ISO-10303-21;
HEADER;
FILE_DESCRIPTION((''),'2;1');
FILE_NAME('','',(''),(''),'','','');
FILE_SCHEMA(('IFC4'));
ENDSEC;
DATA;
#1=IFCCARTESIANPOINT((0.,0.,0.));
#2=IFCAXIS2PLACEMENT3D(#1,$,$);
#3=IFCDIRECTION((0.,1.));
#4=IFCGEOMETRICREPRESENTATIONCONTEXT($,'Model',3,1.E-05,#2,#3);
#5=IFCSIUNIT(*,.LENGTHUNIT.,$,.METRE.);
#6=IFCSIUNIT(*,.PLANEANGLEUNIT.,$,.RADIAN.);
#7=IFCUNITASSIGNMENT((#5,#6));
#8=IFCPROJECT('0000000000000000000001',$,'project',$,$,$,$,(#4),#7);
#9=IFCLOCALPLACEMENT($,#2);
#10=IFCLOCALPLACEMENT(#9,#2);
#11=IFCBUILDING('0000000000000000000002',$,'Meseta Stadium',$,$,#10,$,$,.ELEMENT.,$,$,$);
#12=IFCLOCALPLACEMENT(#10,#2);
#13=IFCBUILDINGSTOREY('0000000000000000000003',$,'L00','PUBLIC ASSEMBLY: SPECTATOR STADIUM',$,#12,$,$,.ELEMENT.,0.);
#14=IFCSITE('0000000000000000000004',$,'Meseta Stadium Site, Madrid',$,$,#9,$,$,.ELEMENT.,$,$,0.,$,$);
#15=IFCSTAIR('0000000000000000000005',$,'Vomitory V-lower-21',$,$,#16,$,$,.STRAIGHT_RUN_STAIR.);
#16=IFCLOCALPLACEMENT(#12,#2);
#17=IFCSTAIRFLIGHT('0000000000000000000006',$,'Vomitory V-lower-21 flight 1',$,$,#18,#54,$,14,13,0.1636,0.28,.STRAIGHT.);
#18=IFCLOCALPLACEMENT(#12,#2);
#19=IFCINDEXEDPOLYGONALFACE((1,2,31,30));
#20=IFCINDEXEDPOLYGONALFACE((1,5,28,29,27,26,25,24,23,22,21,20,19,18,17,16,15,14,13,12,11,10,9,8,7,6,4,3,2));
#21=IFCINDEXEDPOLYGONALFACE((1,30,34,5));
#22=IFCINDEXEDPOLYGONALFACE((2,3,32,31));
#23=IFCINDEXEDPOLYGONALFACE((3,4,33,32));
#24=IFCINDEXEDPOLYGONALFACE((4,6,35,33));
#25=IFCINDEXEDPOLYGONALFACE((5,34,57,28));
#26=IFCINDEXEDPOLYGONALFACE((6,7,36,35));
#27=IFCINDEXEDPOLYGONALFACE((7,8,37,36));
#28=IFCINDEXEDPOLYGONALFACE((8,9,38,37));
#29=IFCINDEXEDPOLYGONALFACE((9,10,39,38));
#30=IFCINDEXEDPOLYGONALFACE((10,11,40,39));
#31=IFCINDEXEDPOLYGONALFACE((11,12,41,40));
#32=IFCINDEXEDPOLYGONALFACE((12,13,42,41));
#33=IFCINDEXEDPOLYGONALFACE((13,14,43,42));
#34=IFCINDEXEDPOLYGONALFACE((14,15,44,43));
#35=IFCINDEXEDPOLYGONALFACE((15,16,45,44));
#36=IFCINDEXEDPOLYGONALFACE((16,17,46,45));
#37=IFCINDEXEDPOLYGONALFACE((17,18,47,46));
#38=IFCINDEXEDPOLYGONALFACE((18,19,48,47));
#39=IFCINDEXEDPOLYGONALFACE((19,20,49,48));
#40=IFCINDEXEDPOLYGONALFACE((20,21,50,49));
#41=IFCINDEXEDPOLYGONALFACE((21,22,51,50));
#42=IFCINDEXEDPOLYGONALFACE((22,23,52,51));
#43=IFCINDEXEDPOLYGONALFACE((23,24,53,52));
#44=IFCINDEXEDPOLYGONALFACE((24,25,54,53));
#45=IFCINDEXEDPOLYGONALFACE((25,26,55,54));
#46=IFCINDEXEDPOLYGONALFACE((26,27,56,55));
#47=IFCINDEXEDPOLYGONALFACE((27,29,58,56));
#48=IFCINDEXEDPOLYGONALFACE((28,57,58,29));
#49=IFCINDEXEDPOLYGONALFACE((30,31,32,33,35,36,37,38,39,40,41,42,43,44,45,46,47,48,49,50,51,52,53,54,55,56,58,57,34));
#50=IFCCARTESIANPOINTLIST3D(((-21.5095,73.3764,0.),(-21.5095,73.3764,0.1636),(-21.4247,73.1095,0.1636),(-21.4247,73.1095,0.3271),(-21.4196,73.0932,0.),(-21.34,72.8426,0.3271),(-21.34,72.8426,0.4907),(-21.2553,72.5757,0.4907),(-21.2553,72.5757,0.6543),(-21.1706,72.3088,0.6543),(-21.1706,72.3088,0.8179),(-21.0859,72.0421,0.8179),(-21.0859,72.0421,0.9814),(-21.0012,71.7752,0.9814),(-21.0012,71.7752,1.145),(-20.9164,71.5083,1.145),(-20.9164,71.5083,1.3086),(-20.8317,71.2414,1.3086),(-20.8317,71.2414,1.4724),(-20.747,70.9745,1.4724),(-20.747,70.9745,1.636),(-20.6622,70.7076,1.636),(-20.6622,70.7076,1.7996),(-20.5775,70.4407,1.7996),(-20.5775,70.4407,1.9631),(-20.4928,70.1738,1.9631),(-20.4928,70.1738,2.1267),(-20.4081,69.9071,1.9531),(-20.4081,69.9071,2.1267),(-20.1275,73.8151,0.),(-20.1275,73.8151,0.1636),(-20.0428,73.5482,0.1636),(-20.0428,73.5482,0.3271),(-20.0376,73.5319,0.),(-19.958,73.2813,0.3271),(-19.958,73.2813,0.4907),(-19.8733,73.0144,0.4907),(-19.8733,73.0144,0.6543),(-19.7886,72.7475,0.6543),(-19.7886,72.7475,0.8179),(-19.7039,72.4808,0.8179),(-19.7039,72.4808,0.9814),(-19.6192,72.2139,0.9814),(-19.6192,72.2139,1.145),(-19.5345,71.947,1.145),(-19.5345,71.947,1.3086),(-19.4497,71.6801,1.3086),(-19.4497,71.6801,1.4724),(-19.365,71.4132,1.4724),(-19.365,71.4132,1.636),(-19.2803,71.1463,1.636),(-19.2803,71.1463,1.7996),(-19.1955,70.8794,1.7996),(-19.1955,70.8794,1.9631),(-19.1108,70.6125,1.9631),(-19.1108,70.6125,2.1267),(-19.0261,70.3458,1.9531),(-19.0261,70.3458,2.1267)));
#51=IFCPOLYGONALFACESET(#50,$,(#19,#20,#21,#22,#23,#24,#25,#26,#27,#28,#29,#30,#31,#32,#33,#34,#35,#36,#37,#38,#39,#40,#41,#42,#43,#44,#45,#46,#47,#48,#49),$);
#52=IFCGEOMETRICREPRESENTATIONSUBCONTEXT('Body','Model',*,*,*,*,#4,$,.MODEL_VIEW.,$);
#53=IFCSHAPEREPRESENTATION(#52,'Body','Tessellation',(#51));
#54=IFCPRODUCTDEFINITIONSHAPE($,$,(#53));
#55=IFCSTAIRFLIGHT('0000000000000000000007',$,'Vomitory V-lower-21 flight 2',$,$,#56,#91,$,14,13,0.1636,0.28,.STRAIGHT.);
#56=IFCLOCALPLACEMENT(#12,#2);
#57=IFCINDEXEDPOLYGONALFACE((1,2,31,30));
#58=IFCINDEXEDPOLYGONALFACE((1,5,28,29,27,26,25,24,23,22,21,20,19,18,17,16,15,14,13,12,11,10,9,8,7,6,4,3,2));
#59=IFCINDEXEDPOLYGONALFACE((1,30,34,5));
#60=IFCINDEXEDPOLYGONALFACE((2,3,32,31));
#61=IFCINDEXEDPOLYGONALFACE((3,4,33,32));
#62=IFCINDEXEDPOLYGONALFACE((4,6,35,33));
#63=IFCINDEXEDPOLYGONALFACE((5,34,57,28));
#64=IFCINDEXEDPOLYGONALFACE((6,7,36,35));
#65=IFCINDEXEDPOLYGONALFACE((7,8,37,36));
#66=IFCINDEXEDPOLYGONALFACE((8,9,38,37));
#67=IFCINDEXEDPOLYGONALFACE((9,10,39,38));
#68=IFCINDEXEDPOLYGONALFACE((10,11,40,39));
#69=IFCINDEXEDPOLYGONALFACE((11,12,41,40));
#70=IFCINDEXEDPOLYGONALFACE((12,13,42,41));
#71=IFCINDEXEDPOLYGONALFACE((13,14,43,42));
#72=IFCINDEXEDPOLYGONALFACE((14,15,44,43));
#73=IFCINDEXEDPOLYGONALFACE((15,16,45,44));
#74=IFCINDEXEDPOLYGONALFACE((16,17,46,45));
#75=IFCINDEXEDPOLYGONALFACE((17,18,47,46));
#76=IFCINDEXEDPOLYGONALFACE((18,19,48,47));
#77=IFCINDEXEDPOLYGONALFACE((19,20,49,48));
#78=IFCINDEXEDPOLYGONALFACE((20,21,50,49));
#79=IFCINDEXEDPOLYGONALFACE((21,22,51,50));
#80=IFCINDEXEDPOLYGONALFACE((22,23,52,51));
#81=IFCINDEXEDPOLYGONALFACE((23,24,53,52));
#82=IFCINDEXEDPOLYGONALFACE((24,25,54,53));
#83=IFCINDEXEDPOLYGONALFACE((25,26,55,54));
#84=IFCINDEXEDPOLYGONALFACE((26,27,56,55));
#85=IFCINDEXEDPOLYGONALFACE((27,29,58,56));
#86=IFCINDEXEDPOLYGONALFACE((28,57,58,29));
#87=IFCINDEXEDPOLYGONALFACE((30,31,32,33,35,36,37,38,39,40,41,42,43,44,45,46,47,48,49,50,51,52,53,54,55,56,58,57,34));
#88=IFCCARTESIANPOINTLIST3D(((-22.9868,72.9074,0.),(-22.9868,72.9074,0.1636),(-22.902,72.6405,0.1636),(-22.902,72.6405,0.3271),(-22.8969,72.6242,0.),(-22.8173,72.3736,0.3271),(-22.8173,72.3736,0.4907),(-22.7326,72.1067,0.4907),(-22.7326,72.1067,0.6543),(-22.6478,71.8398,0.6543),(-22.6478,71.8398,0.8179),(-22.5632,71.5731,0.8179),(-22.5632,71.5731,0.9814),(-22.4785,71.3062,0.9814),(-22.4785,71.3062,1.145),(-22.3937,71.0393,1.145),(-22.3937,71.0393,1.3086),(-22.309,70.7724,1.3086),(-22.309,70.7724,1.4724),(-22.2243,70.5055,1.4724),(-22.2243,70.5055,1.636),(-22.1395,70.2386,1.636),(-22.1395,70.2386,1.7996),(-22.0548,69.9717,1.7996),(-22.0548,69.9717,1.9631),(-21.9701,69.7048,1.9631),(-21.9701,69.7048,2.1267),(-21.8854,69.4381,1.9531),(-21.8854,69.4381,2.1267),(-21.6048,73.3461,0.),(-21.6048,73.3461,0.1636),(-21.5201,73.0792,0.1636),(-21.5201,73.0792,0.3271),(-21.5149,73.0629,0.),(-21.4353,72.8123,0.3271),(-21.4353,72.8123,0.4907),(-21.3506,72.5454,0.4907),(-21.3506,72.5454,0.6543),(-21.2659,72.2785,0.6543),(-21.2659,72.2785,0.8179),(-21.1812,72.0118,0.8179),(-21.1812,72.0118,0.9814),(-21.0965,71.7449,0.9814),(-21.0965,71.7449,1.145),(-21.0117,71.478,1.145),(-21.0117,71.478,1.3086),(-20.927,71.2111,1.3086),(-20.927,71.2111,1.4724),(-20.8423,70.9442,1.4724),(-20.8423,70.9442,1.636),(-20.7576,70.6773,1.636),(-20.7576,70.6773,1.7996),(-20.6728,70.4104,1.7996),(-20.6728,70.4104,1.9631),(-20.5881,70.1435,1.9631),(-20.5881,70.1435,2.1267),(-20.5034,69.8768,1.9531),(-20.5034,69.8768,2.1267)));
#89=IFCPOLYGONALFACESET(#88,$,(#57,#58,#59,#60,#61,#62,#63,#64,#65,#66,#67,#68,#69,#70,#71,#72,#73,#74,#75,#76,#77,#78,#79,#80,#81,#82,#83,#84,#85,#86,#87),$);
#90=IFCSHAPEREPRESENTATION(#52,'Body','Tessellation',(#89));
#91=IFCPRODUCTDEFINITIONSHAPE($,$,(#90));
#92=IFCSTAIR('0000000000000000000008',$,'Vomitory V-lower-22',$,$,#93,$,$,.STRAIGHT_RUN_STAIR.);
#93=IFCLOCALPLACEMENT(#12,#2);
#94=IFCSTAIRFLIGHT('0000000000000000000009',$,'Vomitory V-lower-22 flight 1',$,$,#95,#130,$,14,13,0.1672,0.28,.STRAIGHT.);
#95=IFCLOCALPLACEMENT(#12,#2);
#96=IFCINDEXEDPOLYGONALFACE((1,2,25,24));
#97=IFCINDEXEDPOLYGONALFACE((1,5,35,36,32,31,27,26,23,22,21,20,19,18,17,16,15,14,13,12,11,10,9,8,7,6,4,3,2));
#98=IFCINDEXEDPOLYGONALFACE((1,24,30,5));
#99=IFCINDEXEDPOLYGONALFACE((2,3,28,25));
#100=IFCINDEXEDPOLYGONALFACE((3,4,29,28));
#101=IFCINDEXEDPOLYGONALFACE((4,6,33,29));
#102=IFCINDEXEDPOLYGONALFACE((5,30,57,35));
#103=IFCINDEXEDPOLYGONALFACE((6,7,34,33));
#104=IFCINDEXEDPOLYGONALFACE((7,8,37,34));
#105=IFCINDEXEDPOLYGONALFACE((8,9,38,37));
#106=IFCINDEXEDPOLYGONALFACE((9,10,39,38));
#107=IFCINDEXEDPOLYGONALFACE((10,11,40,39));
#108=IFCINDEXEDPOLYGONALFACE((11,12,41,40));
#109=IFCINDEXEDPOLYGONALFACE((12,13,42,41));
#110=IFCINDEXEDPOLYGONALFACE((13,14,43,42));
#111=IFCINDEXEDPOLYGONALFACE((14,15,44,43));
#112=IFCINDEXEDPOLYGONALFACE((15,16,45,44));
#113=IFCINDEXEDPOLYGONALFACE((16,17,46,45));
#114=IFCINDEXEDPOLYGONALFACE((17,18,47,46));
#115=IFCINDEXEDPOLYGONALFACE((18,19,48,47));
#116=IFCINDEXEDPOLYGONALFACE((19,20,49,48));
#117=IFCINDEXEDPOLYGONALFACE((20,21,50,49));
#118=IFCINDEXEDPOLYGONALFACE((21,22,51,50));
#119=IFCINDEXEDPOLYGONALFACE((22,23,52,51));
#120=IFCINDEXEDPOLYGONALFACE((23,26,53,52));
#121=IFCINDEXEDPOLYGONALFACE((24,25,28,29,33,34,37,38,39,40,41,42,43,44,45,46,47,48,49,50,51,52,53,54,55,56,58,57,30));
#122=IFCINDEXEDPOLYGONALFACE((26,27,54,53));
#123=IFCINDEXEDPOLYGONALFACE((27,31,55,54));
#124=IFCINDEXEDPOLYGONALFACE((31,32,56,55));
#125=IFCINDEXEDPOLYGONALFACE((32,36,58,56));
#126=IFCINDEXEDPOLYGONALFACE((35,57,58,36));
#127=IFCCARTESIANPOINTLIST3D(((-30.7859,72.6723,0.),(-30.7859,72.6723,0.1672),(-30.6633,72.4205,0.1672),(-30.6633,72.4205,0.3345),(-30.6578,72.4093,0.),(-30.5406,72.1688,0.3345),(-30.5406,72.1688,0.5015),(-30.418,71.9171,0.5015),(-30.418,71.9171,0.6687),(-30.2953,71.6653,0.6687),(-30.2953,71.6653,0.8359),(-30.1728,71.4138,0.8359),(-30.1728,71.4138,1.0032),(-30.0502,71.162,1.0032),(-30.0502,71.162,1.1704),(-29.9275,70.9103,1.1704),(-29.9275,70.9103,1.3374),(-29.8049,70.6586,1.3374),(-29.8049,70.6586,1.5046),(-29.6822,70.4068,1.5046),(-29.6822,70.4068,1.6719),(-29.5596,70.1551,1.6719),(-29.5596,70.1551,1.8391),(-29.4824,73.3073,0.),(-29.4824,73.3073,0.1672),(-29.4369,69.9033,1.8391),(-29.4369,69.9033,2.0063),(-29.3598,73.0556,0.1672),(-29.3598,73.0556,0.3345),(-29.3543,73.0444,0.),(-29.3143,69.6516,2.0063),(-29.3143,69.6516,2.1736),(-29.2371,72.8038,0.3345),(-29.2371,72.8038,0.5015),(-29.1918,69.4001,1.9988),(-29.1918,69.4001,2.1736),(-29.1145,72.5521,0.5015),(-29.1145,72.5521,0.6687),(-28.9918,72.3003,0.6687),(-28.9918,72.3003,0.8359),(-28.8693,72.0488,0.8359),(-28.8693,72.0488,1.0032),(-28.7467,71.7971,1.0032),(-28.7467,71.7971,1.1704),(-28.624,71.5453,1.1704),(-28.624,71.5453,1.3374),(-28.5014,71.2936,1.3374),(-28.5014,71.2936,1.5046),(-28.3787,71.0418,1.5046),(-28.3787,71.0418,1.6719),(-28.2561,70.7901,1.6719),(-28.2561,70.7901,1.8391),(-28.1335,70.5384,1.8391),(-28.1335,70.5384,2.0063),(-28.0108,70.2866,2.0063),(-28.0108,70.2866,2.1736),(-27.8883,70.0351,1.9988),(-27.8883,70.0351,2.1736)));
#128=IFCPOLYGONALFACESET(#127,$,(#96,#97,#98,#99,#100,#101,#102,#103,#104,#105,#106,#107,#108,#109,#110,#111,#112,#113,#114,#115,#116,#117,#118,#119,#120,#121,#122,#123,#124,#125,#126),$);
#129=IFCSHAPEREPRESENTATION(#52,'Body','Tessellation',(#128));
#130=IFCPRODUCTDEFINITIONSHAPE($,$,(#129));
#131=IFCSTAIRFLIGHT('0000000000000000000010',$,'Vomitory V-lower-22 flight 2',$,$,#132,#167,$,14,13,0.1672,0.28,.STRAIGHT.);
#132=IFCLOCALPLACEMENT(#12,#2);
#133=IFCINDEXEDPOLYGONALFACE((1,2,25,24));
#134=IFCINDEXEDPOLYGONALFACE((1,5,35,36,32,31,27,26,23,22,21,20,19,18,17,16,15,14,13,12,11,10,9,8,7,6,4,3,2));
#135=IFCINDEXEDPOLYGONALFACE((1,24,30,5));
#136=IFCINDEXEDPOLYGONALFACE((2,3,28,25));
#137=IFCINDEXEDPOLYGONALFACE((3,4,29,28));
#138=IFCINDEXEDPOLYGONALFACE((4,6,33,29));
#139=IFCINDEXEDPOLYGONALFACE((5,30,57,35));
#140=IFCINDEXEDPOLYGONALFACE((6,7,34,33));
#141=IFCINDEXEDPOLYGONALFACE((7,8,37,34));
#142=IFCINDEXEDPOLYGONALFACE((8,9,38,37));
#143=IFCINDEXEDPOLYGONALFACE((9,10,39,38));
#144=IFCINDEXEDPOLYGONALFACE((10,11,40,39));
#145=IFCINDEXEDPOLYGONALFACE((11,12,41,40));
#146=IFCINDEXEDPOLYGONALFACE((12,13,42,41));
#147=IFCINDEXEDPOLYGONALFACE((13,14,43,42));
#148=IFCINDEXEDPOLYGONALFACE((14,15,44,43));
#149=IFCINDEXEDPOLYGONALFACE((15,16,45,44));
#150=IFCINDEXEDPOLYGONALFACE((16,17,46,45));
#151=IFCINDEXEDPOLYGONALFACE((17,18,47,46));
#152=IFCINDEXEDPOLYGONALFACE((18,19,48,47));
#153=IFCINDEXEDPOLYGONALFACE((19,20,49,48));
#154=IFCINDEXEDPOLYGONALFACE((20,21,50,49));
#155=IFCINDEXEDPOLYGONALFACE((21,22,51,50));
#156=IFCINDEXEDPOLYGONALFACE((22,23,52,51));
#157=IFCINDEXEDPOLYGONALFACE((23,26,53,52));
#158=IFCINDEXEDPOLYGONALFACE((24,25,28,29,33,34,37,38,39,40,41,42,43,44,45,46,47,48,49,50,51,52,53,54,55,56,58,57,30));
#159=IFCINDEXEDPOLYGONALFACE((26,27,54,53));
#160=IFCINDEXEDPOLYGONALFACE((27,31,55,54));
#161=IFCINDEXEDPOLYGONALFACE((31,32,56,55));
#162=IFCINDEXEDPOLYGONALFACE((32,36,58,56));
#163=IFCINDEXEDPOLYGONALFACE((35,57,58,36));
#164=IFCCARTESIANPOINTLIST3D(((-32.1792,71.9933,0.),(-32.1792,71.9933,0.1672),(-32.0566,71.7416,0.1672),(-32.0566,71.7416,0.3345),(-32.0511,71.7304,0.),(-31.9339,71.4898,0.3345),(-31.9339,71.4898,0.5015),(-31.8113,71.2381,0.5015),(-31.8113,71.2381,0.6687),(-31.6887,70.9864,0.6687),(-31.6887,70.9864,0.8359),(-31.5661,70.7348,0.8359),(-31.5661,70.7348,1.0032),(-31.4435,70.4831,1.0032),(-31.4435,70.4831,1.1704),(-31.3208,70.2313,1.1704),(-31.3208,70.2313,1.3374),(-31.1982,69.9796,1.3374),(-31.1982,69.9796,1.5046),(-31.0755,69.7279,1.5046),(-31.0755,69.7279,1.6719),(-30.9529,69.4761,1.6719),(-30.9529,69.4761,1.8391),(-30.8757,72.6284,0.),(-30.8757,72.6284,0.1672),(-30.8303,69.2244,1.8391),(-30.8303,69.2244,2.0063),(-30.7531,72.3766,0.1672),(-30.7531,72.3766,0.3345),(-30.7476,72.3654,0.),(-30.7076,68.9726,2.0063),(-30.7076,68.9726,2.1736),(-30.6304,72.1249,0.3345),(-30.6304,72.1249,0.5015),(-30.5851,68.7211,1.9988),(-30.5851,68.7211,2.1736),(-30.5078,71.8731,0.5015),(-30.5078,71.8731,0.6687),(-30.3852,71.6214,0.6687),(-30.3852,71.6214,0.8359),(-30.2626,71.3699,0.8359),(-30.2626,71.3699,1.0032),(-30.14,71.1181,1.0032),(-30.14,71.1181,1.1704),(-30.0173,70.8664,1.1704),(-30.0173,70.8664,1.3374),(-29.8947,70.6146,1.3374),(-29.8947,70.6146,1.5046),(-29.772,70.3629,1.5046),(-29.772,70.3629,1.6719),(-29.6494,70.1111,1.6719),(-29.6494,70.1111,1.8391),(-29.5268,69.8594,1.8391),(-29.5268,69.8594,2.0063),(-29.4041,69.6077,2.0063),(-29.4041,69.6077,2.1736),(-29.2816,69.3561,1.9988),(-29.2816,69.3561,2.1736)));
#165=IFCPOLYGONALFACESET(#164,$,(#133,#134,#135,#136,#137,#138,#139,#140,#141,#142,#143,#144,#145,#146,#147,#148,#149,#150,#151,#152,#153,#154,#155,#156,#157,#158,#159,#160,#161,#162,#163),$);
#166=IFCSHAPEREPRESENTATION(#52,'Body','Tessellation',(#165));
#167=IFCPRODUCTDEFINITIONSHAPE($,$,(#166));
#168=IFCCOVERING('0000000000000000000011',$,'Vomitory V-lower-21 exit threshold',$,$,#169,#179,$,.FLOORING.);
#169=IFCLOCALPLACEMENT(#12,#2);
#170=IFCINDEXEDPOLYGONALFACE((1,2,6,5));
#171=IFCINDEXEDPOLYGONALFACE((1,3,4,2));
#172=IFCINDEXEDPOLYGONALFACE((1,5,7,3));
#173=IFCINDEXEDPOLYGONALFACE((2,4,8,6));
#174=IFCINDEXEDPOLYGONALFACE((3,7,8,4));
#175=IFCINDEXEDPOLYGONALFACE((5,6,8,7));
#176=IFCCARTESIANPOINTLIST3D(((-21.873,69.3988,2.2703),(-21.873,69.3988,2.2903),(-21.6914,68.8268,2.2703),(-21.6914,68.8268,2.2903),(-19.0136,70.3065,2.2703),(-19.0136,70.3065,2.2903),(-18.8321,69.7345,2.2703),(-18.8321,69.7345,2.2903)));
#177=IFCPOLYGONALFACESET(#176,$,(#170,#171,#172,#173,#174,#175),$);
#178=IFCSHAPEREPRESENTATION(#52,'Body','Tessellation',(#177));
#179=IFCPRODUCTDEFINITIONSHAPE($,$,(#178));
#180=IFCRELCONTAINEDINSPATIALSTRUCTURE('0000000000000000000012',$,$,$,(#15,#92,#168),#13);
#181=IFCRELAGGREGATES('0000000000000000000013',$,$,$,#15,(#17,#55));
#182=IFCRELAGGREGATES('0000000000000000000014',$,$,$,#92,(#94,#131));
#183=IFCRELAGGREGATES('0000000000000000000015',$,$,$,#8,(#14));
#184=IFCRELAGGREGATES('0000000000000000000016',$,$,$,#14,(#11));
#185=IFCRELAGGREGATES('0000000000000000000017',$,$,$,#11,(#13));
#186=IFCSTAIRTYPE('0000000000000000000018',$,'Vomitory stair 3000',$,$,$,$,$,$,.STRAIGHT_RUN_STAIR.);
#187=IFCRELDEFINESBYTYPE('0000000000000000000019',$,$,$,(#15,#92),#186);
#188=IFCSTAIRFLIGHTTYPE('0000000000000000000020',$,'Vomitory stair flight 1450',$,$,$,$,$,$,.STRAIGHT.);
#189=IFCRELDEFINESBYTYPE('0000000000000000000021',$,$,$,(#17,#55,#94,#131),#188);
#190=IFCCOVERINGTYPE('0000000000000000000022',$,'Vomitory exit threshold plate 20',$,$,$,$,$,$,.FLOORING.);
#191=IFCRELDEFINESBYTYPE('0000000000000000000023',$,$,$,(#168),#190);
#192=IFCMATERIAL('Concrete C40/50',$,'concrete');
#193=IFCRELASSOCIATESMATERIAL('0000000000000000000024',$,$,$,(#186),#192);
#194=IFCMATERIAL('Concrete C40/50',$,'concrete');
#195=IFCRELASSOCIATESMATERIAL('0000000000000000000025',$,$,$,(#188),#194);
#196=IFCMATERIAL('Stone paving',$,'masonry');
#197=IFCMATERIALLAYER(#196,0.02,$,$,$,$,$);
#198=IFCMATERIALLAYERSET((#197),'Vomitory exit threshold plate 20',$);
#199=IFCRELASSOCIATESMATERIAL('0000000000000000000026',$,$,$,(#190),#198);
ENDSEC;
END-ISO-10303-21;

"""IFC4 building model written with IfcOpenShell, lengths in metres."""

from ifc_helpers import new_model, si_unit, direction, frame, origin, origin_2d, place, context, subcontext, project, spatial, polyline, rectangle, outline, extrude, material, layer, layer_set, type_object, element, aggregate, save


model = new_model("IFC4")

# Units and contexts
model_context = context("Model", 3, precision=1e-05, world=origin(), true_north=direction((0.0, 1.0)))
body_context = subcontext(model_context, "Body", "Model", "MODEL_VIEW")
ifc_project = project(units=[si_unit("LENGTHUNIT", "METRE"), si_unit("PLANEANGLEUNIT", "RADIAN")], contexts=[model_context])

# Site, building, storey
site_placement = place(None, origin())
site = spatial("IfcSite", under=ifc_project, at=site_placement, Name="Meseta Stadium Site, Madrid", CompositionType="ELEMENT", RefElevation=0.0)
building_placement = place(site_placement, origin())
building = spatial("IfcBuilding", under=site, at=building_placement, Name="Meseta Stadium", CompositionType="ELEMENT")
storey_placement = place(building_placement, origin())
storey = spatial("IfcBuildingStorey", under=building, at=storey_placement, Name="L00", Description="PUBLIC ASSEMBLY: SPECTATOR STADIUM", CompositionType="ELEMENT", Elevation=0.0)

# Stairs, stair flights
ifc_material_1 = material(Name="Concrete C40/50", Category="concrete")
stair_type = type_object("IfcStairType", Name="Vomitory stair 3000", PredefinedType="STRAIGHT_RUN_STAIR", material=ifc_material_1)
stair_1_placement = place(storey_placement, origin())
stair_1 = element("IfcStair", 1, at=stair_1_placement, inside=storey, type_object=stair_type, Name="Vomitory V-lower-21", PredefinedType="STRAIGHT_RUN_STAIR")
ifc_material_2 = material(Name="Concrete C40/50", Category="concrete")
stair_flight_type = type_object("IfcStairFlightType", Name="Vomitory stair flight 1450", PredefinedType="STRAIGHT", material=ifc_material_2)
stair_flight_1_placement = place(storey_placement, frame((-20.8186, 73.5957, 0.0), z_axis=(0.0, 0.0, 1.0), x_axis=(0.30258, -0.953124, 0.0)))
stair_flight_1 = element("IfcStairFlight", 2, at=stair_flight_1_placement, type_object=stair_flight_type, Name="Vomitory V-lower-21 flight 1", NumberOfRisers=14, NumberOfTreads=13, PredefinedType="STRAIGHT", RiserHeight=0.1636, TreadLength=0.28, context=body_context, shape_type="SweptSolid", body=[
    extrude(outline(polyline([(0.0, 0.0), (0.0, 0.1636), (0.28, 0.1636), (0.28, 0.3271), (0.5601, 0.3271), (0.5601, 0.4907), (0.8401, 0.4907), (0.8401, 0.6543), (1.1201, 0.6543), (1.1201, 0.8179), (1.3999, 0.8179), (1.3999, 0.9814), (1.6799, 0.9814), (1.6799, 1.145), (1.96, 1.145), (1.96, 1.3086), (2.24, 1.3086), (2.24, 1.4724), (2.52, 1.4724), (2.52, 1.636), (2.8, 1.636), (2.8, 1.7996), (3.0801, 1.7996), (3.0801, 1.9631), (3.3601, 1.9631), (3.3601, 2.1267), (3.6399, 2.1267), (3.6399, 1.9531), (0.2971, 0.0), (0.0, 0.0)])), frame((0.0, 0.7251, 0.0), z_axis=(0.0, -1.0, 0.0), x_axis=(1.0, 0.0, 0.0)), (0.0, 0.0, 1.0), 1.45),
])
stair_flight_2_placement = place(storey_placement, frame((-22.2959, 73.1267, 0.0), z_axis=(0.0, 0.0, 1.0), x_axis=(0.30258, -0.953124, 0.0)))
stair_flight_2 = element("IfcStairFlight", 3, at=stair_flight_2_placement, type_object=stair_flight_type, Name="Vomitory V-lower-21 flight 2", NumberOfRisers=14, NumberOfTreads=13, PredefinedType="STRAIGHT", RiserHeight=0.1636, TreadLength=0.28, context=body_context, shape_type="SweptSolid", body=[
    extrude(outline(polyline([(0.0, 0.0), (0.0, 0.1636), (0.28, 0.1636), (0.28, 0.3271), (0.5601, 0.3271), (0.5601, 0.4907), (0.8401, 0.4907), (0.8401, 0.6543), (1.1201, 0.6543), (1.1201, 0.8179), (1.3999, 0.8179), (1.3999, 0.9814), (1.6799, 0.9814), (1.6799, 1.145), (1.96, 1.145), (1.96, 1.3086), (2.24, 1.3086), (2.24, 1.4724), (2.52, 1.4724), (2.52, 1.636), (2.8, 1.636), (2.8, 1.7996), (3.0801, 1.7996), (3.0801, 1.9631), (3.3601, 1.9631), (3.3601, 2.1267), (3.6399, 2.1267), (3.6399, 1.9531), (0.2971, 0.0), (0.0, 0.0)])), frame((0.0, 0.7251, 0.0), z_axis=(0.0, -1.0, 0.0), x_axis=(1.0, 0.0, 0.0)), (0.0, 0.0, 1.0), 1.45),
])
aggregate(stair_1, [stair_flight_1, stair_flight_2])
stair_2_placement = place(storey_placement, origin())
stair_2 = element("IfcStair", 4, at=stair_2_placement, inside=storey, type_object=stair_type, Name="Vomitory V-lower-22", PredefinedType="STRAIGHT_RUN_STAIR")
stair_flight_3_placement = place(storey_placement, frame((-30.1343, 72.9897, 0.0), z_axis=(0.0, 0.0, 1.0), x_axis=(0.437966, -0.898991, 0.0)))
stair_flight_3 = element("IfcStairFlight", 5, at=stair_flight_3_placement, type_object=stair_flight_type, Name="Vomitory V-lower-22 flight 1", NumberOfRisers=14, NumberOfTreads=13, PredefinedType="STRAIGHT", RiserHeight=0.1672, TreadLength=0.28, context=body_context, shape_type="SweptSolid", body=[
    extrude(outline(polyline([(0.0, 0.0), (0.0, 0.1672), (0.28, 0.1672), (0.28, 0.3345), (0.5601, 0.3345), (0.5601, 0.5015), (0.8401, 0.5015), (0.8401, 0.6687), (1.1201, 0.6687), (1.1201, 0.8359), (1.3999, 0.8359), (1.3999, 1.0032), (1.6799, 1.0032), (1.6799, 1.1704), (1.96, 1.1704), (1.96, 1.3374), (2.24, 1.3374), (2.24, 1.5046), (2.52, 1.5046), (2.52, 1.6719), (2.8, 1.6719), (2.8, 1.8391), (3.0801, 1.8391), (3.0801, 2.0063), (3.3601, 2.0063), (3.3601, 2.1736), (3.6399, 2.1736), (3.6399, 1.9988), (0.2925, 0.0), (0.0, 0.0)])), frame((0.0, 0.7251, 0.0), z_axis=(0.0, -1.0, 0.0), x_axis=(1.0, 0.0, 0.0)), (0.0, 0.0, 1.0), 1.45),
])
stair_flight_4_placement = place(storey_placement, frame((-31.5276, 72.3108, 0.0), z_axis=(0.0, 0.0, 1.0), x_axis=(0.437966, -0.898991, 0.0)))
stair_flight_4 = element("IfcStairFlight", 6, at=stair_flight_4_placement, type_object=stair_flight_type, Name="Vomitory V-lower-22 flight 2", NumberOfRisers=14, NumberOfTreads=13, PredefinedType="STRAIGHT", RiserHeight=0.1672, TreadLength=0.28, context=body_context, shape_type="SweptSolid", body=[
    extrude(outline(polyline([(0.0, 0.0), (0.0, 0.1672), (0.28, 0.1672), (0.28, 0.3345), (0.5601, 0.3345), (0.5601, 0.5015), (0.8401, 0.5015), (0.8401, 0.6687), (1.1201, 0.6687), (1.1201, 0.8359), (1.3999, 0.8359), (1.3999, 1.0032), (1.6799, 1.0032), (1.6799, 1.1704), (1.96, 1.1704), (1.96, 1.3374), (2.24, 1.3374), (2.24, 1.5046), (2.52, 1.5046), (2.52, 1.6719), (2.8, 1.6719), (2.8, 1.8391), (3.0801, 1.8391), (3.0801, 2.0063), (3.3601, 2.0063), (3.3601, 2.1736), (3.6399, 2.1736), (3.6399, 1.9988), (0.2925, 0.0), (0.0, 0.0)])), frame((0.0, 0.7251, 0.0), z_axis=(0.0, -1.0, 0.0), x_axis=(1.0, 0.0, 0.0)), (0.0, 0.0, 1.0), 1.45),
])
aggregate(stair_2, [stair_flight_3, stair_flight_4])

# Covering
ifc_material_3 = material(Name="Stone paving", Category="masonry")
ifc_layer = layer(ifc_material_3, 0.02)
ifc_layer_set = layer_set([ifc_layer], Name="Vomitory exit threshold plate 20")
covering_type = type_object("IfcCoveringType", Name="Vomitory exit threshold plate 20", PredefinedType="FLOORING", material=ifc_layer_set)
for number, where, z_axis, x_axis, name in (
    (7, (-20.3525, 69.5667, 2.2703), (0.0, 0.0, 1.0), (0.30258, -0.953124, 0.0), "Vomitory V-lower-21 exit threshold"),
):
    element("IfcCovering", number, at=place(storey_placement, frame(where, z_axis=z_axis, x_axis=x_axis)), inside=storey, type_object=covering_type, Name=name, PredefinedType="FLOORING", context=body_context, shape_type="SweptSolid", body=[
        extrude(rectangle(XDim=0.6001, YDim=3.0, at=origin_2d()), origin(), (0.0, 0.0, 1.0), 0.02),
    ])

save(model, "model.ifc")
